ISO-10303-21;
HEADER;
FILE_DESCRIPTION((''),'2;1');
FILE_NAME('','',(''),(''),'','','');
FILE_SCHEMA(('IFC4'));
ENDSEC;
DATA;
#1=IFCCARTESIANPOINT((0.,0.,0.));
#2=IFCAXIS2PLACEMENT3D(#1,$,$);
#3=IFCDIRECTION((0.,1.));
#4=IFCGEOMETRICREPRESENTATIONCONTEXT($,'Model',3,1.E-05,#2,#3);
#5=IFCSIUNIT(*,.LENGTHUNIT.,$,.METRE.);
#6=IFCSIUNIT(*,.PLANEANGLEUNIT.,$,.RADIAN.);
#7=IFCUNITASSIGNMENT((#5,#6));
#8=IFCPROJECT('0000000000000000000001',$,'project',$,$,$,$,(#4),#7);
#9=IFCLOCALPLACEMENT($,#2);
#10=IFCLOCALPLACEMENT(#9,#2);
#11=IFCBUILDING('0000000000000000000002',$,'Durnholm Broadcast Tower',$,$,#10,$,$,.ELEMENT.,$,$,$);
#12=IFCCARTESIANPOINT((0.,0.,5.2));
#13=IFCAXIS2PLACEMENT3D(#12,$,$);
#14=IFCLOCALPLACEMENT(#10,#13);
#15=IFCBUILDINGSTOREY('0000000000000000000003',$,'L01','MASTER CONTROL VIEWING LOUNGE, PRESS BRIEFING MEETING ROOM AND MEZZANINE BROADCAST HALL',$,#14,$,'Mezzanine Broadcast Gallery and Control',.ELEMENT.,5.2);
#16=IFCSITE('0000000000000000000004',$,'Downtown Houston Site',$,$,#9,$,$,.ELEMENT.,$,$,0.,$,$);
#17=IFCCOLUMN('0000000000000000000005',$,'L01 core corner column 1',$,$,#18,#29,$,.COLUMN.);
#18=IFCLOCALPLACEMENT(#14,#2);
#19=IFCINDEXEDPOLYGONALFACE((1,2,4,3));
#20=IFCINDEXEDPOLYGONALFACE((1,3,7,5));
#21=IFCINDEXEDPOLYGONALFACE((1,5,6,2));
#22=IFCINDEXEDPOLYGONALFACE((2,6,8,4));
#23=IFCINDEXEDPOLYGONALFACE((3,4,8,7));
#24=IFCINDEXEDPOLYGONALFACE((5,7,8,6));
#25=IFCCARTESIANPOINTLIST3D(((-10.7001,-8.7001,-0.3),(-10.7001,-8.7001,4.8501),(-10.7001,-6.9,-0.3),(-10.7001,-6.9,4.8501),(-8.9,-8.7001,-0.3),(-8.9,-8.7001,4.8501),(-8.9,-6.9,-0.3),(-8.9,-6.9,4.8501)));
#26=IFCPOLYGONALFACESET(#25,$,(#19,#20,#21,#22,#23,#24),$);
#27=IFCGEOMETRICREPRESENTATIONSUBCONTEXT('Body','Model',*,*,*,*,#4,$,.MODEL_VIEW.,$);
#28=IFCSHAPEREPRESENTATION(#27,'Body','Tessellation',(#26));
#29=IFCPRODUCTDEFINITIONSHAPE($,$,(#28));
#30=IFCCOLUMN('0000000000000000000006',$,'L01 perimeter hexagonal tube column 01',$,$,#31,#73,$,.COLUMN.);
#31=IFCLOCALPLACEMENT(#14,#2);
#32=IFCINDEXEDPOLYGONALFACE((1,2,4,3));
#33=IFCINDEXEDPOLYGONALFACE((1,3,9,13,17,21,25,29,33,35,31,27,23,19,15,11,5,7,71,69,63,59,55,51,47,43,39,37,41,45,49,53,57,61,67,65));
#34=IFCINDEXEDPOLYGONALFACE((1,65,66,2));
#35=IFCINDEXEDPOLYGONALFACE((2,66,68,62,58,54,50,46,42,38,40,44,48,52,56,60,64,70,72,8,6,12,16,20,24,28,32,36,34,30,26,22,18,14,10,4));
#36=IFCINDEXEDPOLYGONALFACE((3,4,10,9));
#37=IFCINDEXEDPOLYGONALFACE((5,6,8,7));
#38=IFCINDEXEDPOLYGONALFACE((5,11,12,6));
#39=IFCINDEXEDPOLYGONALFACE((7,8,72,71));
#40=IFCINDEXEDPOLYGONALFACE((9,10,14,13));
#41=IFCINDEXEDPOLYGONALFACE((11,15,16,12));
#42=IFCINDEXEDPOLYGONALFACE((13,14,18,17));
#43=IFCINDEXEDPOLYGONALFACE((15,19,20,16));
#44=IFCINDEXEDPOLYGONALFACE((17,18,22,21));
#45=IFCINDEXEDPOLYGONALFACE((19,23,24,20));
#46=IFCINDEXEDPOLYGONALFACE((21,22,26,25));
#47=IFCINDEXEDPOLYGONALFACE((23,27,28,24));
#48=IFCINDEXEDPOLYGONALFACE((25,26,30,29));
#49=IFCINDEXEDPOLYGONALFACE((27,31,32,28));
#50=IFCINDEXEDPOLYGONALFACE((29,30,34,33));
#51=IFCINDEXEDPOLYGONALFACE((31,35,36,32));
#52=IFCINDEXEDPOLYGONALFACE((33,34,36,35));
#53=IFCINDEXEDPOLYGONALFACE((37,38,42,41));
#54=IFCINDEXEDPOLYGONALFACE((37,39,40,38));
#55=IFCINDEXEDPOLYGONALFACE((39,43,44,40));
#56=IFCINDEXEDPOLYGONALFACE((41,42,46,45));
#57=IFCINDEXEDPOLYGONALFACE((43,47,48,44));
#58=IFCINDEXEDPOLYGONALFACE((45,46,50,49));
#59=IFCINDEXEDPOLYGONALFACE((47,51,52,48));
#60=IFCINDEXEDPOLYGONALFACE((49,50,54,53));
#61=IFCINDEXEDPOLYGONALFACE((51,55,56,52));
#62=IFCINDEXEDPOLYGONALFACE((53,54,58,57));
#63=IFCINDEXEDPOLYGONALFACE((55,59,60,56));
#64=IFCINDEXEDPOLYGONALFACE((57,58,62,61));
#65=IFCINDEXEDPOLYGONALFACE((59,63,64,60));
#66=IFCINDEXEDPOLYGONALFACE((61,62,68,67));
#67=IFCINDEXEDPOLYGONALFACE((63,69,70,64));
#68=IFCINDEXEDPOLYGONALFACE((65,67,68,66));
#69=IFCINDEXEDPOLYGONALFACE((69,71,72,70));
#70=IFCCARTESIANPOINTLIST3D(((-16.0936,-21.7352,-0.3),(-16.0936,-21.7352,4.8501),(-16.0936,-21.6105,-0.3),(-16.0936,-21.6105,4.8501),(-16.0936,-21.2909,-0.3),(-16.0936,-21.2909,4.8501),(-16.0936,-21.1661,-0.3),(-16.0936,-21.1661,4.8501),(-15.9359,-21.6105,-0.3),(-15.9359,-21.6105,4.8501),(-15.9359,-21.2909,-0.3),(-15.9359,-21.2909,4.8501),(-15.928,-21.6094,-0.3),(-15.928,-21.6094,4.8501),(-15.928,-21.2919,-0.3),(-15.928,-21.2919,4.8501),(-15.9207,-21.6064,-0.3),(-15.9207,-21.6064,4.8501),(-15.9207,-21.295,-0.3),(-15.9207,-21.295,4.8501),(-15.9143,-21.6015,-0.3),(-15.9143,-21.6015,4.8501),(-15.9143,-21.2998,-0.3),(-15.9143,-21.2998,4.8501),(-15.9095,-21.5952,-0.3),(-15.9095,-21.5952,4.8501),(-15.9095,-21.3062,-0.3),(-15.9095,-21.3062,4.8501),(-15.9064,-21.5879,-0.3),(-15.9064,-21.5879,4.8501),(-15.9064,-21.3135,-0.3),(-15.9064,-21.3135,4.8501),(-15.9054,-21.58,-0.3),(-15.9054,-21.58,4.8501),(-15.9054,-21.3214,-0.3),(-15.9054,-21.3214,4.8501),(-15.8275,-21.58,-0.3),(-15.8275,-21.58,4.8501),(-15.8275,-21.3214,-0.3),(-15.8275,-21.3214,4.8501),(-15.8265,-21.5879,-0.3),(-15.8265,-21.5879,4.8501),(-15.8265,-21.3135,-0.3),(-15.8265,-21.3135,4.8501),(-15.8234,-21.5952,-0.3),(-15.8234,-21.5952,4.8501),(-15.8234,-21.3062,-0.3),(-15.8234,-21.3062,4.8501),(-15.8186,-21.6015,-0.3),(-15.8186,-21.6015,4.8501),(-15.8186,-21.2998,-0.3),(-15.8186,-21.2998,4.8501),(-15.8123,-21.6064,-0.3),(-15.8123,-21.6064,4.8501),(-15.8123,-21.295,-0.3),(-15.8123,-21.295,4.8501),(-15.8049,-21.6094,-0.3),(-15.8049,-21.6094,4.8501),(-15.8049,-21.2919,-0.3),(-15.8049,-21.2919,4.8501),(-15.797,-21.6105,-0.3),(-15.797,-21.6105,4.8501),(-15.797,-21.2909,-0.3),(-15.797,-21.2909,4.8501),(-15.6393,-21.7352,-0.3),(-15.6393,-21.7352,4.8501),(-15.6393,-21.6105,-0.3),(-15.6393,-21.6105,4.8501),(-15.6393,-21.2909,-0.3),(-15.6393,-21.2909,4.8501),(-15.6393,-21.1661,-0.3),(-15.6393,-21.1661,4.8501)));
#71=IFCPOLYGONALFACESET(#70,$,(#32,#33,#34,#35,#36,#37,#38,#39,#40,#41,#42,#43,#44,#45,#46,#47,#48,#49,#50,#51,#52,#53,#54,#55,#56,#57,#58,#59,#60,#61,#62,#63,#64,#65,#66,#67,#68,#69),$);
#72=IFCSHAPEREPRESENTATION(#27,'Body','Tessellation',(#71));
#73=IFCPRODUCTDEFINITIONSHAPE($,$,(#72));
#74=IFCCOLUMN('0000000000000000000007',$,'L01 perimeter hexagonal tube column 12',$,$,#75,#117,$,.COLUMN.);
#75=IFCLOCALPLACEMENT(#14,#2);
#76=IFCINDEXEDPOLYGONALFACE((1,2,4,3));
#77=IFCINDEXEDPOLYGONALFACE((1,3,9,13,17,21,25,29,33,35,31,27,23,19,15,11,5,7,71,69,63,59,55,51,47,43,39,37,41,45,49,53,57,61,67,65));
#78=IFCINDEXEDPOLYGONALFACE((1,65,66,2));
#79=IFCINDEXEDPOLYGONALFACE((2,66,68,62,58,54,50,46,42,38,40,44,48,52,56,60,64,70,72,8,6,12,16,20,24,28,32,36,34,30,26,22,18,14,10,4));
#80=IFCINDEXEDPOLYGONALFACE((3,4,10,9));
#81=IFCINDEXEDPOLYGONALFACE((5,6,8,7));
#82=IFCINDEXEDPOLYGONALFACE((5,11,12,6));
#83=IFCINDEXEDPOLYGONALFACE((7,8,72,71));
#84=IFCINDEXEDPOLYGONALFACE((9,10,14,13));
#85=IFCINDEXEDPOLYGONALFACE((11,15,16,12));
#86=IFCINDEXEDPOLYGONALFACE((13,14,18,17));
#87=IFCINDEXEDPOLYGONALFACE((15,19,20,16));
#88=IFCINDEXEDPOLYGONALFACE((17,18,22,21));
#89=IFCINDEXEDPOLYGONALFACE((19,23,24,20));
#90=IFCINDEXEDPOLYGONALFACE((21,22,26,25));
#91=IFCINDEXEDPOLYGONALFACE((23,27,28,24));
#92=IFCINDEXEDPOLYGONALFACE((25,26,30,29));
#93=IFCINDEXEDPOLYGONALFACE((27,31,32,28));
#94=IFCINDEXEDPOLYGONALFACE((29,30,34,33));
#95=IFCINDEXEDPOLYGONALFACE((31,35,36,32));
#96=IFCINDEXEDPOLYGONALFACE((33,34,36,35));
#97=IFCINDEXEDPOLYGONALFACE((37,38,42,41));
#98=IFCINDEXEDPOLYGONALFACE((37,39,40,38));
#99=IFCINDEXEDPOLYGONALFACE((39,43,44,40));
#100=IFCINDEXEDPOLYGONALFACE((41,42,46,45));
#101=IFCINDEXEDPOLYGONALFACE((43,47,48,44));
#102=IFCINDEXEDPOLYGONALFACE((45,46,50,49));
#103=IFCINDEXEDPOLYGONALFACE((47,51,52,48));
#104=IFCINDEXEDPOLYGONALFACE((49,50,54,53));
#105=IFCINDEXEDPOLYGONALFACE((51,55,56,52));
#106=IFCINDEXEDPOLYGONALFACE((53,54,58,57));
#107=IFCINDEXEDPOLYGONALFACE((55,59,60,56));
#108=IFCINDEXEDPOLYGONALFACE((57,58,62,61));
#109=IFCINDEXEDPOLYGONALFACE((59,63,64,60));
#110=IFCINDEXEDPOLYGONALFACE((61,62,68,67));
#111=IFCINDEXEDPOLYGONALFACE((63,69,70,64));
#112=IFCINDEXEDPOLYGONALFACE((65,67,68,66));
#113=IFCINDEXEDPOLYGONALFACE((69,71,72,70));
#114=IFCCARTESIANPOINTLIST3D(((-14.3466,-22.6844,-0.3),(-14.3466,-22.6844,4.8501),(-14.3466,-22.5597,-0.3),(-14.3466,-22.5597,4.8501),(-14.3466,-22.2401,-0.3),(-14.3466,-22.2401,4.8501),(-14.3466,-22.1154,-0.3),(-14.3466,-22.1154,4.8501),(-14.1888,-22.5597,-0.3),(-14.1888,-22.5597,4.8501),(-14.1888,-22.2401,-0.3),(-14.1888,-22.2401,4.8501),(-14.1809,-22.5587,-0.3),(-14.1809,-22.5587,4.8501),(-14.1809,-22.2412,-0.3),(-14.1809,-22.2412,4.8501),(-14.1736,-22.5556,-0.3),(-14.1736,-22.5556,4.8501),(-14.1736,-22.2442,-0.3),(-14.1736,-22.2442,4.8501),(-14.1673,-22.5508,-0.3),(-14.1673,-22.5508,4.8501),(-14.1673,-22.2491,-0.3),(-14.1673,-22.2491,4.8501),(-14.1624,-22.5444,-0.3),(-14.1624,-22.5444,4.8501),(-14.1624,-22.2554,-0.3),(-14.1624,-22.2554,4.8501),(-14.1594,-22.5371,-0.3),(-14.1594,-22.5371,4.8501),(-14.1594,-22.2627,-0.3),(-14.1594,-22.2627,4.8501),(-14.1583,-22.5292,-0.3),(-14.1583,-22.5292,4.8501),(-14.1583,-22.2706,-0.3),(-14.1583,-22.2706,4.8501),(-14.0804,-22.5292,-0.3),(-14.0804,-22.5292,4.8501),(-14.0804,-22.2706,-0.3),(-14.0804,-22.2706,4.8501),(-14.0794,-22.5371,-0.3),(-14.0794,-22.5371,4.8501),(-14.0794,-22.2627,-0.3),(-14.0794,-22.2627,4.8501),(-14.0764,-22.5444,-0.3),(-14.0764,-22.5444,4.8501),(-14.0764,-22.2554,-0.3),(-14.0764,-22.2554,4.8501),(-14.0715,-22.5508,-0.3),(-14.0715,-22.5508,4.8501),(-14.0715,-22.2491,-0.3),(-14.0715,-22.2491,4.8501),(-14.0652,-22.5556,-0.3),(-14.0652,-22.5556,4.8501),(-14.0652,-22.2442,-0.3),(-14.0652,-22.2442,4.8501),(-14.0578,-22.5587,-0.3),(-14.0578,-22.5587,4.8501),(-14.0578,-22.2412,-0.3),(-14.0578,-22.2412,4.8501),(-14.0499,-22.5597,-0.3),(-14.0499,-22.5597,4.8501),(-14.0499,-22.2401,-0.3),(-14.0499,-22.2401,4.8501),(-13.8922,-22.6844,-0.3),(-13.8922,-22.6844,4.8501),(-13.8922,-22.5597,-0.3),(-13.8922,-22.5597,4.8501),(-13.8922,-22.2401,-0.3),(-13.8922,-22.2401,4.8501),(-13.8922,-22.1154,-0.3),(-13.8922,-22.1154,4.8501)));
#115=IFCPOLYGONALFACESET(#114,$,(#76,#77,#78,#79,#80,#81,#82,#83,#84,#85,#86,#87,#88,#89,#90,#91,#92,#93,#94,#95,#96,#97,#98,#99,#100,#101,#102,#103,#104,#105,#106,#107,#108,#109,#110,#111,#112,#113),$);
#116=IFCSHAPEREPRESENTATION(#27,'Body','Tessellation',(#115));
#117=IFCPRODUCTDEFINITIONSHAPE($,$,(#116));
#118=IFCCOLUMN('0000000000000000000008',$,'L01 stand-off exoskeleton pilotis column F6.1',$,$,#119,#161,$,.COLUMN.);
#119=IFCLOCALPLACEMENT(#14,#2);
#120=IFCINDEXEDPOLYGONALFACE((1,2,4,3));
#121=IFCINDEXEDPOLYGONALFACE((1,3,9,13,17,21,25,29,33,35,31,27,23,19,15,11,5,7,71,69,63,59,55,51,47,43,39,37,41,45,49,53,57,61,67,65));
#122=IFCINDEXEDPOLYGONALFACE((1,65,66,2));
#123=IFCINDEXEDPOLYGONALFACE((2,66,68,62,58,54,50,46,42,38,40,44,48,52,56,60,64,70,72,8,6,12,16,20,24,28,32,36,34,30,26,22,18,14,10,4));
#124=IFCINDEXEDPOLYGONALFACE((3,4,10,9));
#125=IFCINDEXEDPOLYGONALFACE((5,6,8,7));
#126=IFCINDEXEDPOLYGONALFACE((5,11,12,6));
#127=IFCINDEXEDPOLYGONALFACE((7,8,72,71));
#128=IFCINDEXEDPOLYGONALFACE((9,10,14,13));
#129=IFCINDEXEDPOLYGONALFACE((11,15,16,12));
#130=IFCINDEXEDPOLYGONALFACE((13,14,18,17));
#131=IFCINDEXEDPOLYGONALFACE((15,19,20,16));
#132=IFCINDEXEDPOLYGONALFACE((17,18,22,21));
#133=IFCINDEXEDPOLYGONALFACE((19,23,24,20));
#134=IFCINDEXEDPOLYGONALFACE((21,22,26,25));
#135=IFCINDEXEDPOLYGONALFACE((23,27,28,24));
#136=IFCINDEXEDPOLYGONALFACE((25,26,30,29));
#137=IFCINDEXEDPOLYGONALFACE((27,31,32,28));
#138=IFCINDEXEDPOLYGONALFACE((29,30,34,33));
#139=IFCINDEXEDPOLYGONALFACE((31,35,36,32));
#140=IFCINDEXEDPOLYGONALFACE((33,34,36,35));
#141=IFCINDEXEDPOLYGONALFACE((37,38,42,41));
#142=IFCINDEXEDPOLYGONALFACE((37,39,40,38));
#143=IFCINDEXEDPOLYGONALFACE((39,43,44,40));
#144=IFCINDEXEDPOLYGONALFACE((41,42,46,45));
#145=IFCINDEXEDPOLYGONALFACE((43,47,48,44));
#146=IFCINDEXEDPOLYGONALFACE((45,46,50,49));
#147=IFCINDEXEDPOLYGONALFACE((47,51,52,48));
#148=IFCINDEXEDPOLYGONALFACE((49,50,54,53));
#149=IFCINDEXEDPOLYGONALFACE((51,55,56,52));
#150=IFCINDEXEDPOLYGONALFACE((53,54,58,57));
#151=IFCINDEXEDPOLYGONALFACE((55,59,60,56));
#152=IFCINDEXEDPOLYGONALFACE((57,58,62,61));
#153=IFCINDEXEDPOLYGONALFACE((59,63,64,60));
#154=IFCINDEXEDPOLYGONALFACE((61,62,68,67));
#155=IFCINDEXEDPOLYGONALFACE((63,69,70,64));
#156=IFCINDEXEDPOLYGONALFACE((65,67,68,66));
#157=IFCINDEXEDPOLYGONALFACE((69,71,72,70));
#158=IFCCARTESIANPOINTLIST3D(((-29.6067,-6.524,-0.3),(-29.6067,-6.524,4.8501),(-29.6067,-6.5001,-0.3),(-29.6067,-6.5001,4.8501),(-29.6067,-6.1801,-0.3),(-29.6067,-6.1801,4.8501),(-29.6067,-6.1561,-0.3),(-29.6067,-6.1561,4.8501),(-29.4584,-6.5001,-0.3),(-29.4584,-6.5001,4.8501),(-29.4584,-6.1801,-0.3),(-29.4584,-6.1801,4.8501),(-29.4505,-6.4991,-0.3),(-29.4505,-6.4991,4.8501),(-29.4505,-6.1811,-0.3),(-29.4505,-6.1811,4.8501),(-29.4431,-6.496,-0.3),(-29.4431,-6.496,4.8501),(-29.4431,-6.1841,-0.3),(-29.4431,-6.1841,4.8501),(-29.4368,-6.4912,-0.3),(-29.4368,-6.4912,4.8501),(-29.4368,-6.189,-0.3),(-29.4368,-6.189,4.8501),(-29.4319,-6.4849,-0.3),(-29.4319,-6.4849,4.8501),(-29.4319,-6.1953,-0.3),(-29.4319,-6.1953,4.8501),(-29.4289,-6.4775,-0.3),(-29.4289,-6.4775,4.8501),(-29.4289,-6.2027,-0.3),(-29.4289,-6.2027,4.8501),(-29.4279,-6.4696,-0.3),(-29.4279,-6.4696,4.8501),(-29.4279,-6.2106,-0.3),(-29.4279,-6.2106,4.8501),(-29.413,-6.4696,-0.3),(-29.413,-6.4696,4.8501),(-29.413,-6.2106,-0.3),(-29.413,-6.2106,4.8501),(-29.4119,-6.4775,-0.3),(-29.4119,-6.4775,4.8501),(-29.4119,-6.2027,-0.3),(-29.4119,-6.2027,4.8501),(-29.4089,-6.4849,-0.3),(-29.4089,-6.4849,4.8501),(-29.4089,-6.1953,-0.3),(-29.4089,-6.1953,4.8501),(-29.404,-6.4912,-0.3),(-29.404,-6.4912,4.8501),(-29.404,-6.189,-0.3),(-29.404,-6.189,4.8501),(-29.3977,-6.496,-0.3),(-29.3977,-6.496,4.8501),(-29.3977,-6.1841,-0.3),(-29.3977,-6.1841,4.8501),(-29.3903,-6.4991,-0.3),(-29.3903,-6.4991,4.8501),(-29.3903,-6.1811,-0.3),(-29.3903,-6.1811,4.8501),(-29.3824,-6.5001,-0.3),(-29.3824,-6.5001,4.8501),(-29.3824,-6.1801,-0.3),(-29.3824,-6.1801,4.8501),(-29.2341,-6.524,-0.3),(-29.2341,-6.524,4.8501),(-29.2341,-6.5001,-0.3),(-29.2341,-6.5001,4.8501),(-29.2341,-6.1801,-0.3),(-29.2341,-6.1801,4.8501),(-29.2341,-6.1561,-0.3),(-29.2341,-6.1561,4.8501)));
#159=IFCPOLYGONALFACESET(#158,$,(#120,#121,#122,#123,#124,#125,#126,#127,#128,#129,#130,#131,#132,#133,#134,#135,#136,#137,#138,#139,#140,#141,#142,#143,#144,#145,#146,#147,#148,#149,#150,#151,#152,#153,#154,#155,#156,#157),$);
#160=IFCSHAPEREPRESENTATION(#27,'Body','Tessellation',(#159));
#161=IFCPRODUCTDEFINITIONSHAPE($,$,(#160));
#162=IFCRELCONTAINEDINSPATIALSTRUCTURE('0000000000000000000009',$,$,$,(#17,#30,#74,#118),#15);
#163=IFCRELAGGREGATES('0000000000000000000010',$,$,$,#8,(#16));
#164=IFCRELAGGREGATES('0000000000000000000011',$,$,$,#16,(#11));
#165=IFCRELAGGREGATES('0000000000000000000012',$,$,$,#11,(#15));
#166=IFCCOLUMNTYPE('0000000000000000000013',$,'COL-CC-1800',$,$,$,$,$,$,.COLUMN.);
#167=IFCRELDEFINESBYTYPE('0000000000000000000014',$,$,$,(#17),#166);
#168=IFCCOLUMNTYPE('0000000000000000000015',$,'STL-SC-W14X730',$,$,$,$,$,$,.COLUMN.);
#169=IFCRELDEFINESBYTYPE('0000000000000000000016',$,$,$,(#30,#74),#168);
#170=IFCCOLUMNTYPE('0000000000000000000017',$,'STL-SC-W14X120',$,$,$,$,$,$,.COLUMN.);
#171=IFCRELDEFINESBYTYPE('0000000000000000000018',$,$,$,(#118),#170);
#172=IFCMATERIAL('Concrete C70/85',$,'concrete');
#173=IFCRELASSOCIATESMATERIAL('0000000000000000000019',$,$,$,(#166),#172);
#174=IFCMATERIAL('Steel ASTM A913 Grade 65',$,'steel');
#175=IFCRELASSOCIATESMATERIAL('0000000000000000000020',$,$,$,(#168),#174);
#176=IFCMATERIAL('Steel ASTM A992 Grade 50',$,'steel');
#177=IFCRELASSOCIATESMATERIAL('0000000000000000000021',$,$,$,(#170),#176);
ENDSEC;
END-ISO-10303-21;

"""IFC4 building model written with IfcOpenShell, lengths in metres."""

from ifc_helpers import new_model, si_unit, direction, frame, origin, origin_2d, place, context, subcontext, project, spatial, rectangle, i_section, extrude, source, transform, mapped, material, material_profile, profile_set, type_object, type_shapes, element, save


model = new_model("IFC4")

# Units and contexts
model_context = context("Model", 3, precision=1e-05, world=origin(), true_north=direction((0.0, 1.0)))
body_context = subcontext(model_context, "Body", "Model", "MODEL_VIEW")
ifc_project = project(units=[si_unit("LENGTHUNIT", "METRE"), si_unit("PLANEANGLEUNIT", "RADIAN")], contexts=[model_context])

# Site, building, storey
site_placement = place(None, origin())
site = spatial("IfcSite", under=ifc_project, at=site_placement, Name="Downtown Houston Site", CompositionType="ELEMENT", RefElevation=0.0)
building_placement = place(site_placement, origin())
building = spatial("IfcBuilding", under=site, at=building_placement, Name="Durnholm Broadcast Tower", CompositionType="ELEMENT")
storey_placement = place(building_placement, frame((0.0, 0.0, 5.2)))
storey = spatial("IfcBuildingStorey", under=building, at=storey_placement, Name="L01", Description="MASTER CONTROL VIEWING LOUNGE, PRESS BRIEFING MEETING ROOM AND MEZZANINE BROADCAST HALL", LongName="Mezzanine Broadcast Gallery and Control", CompositionType="ELEMENT", Elevation=5.2)

# Columns
ifc_material_1 = material(Name="Concrete C70/85", Category="concrete")
ifc_material_profile_1 = material_profile(ifc_material_1, rectangle(XDim=1.8, YDim=1.8, at=origin_2d()), Name="RC1800X1800")
ifc_profile_set_1 = profile_set([ifc_material_profile_1], Name="Concrete C70/85")
column_type_1 = type_object("IfcColumnType", Name="COL-CC-1800", PredefinedType="COLUMN", material=ifc_profile_set_1)
shared_shape_1 = source(origin(), body_context, "Body", "SweptSolid", [
    extrude(rectangle(XDim=1.8, YDim=1.8, at=origin_2d()), origin(), (0.0, 0.0, 1.0), 5.1501),
])
type_shapes(column_type_1, [shared_shape_1])
column_placement = place(storey_placement, frame((-9.8, -7.8, -0.3), z_axis=(0.0, 0.0, 1.0), x_axis=(1.0, 0.0, 0.0)))
element("IfcColumn", 1, at=column_placement, inside=storey, type_object=column_type_1, Name="L01 core corner column 1", PredefinedType="COLUMN", context=body_context, shape_type="MappedRepresentation", body=[
    mapped(shared_shape_1, transform((0.0, 0.0, 0.0), x_axis=(1.0, 0.0, 0.0), y_axis=(0.0, 1.0, 0.0), z_axis=(0.0, 0.0, 1.0), scale=1.0)),
])
ifc_material_2 = material(Name="Steel ASTM A913 Grade 65", Category="steel")
ifc_material_profile_2 = material_profile(ifc_material_2, i_section(OverallWidth=0.4543, OverallDepth=0.5691, WebThickness=0.0779, FlangeThickness=0.1248, FilletRadius=0.0305, at=origin_2d()), Name="W14X730")
ifc_profile_set_2 = profile_set([ifc_material_profile_2], Name="Steel ASTM A913 Grade 65")
column_type_2 = type_object("IfcColumnType", Name="STL-SC-W14X730", PredefinedType="COLUMN", material=ifc_profile_set_2)
shared_shape_2 = source(origin(), body_context, "Body", "SweptSolid", [
    extrude(i_section(OverallWidth=0.4543, OverallDepth=0.5691, WebThickness=0.0779, FlangeThickness=0.1248, FilletRadius=0.0305, at=origin_2d()), origin(), (0.0, 0.0, 1.0), 5.1501),
])
type_shapes(column_type_2, [shared_shape_2])
for number, where, z_axis, x_axis, name in (
    (2, (-15.8665, -21.4507, -0.3), (0.0, 0.0, 1.0), (1.0, 0.0, 0.0), "L01 perimeter hexagonal tube column 01"),
    (3, (-14.1194, -22.3999, -0.3), (0.0, 0.0, 1.0), (1.0, 0.0, 0.0), "L01 perimeter hexagonal tube column 12"),
):
    element("IfcColumn", number, at=place(storey_placement, frame(where, z_axis=z_axis, x_axis=x_axis)), inside=storey, type_object=column_type_2, Name=name, PredefinedType="COLUMN", context=body_context, shape_type="MappedRepresentation", body=[
        mapped(shared_shape_2, transform((0.0, 0.0, 0.0), x_axis=(1.0, 0.0, 0.0), y_axis=(0.0, 1.0, 0.0), z_axis=(0.0, 0.0, 1.0), scale=1.0)),
    ])
ifc_material_3 = material(Name="Steel ASTM A992 Grade 50", Category="steel")
ifc_material_profile_3 = material_profile(ifc_material_3, i_section(OverallWidth=0.3726, OverallDepth=0.3679, WebThickness=0.0149, FlangeThickness=0.0239, FilletRadius=0.0305, at=origin_2d()), Name="W14X120")
ifc_profile_set_3 = profile_set([ifc_material_profile_3], Name="Steel ASTM A992 Grade 50")
column_type_3 = type_object("IfcColumnType", Name="STL-SC-W14X120", PredefinedType="COLUMN", material=ifc_profile_set_3)
shared_shape_3 = source(origin(), body_context, "Body", "SweptSolid", [
    extrude(i_section(OverallWidth=0.3726, OverallDepth=0.3679, WebThickness=0.0149, FlangeThickness=0.0239, FilletRadius=0.0305, at=origin_2d()), origin(), (0.0, 0.0, 1.0), 5.1501),
])
type_shapes(column_type_3, [shared_shape_3])
for number, where, z_axis, x_axis, name in (
    (4, (-29.4204, -6.3401, -0.3), (0.0, 0.0, 1.0), (1.0, 0.0, 0.0), "L01 stand-off exoskeleton pilotis column F6.1"),
):
    element("IfcColumn", number, at=place(storey_placement, frame(where, z_axis=z_axis, x_axis=x_axis)), inside=storey, type_object=column_type_3, Name=name, PredefinedType="COLUMN", context=body_context, shape_type="MappedRepresentation", body=[
        mapped(shared_shape_3, transform((0.0, 0.0, 0.0), x_axis=(1.0, 0.0, 0.0), y_axis=(0.0, 1.0, 0.0), z_axis=(0.0, 0.0, 1.0), scale=1.0)),
    ])

save(model, "model.ifc")
